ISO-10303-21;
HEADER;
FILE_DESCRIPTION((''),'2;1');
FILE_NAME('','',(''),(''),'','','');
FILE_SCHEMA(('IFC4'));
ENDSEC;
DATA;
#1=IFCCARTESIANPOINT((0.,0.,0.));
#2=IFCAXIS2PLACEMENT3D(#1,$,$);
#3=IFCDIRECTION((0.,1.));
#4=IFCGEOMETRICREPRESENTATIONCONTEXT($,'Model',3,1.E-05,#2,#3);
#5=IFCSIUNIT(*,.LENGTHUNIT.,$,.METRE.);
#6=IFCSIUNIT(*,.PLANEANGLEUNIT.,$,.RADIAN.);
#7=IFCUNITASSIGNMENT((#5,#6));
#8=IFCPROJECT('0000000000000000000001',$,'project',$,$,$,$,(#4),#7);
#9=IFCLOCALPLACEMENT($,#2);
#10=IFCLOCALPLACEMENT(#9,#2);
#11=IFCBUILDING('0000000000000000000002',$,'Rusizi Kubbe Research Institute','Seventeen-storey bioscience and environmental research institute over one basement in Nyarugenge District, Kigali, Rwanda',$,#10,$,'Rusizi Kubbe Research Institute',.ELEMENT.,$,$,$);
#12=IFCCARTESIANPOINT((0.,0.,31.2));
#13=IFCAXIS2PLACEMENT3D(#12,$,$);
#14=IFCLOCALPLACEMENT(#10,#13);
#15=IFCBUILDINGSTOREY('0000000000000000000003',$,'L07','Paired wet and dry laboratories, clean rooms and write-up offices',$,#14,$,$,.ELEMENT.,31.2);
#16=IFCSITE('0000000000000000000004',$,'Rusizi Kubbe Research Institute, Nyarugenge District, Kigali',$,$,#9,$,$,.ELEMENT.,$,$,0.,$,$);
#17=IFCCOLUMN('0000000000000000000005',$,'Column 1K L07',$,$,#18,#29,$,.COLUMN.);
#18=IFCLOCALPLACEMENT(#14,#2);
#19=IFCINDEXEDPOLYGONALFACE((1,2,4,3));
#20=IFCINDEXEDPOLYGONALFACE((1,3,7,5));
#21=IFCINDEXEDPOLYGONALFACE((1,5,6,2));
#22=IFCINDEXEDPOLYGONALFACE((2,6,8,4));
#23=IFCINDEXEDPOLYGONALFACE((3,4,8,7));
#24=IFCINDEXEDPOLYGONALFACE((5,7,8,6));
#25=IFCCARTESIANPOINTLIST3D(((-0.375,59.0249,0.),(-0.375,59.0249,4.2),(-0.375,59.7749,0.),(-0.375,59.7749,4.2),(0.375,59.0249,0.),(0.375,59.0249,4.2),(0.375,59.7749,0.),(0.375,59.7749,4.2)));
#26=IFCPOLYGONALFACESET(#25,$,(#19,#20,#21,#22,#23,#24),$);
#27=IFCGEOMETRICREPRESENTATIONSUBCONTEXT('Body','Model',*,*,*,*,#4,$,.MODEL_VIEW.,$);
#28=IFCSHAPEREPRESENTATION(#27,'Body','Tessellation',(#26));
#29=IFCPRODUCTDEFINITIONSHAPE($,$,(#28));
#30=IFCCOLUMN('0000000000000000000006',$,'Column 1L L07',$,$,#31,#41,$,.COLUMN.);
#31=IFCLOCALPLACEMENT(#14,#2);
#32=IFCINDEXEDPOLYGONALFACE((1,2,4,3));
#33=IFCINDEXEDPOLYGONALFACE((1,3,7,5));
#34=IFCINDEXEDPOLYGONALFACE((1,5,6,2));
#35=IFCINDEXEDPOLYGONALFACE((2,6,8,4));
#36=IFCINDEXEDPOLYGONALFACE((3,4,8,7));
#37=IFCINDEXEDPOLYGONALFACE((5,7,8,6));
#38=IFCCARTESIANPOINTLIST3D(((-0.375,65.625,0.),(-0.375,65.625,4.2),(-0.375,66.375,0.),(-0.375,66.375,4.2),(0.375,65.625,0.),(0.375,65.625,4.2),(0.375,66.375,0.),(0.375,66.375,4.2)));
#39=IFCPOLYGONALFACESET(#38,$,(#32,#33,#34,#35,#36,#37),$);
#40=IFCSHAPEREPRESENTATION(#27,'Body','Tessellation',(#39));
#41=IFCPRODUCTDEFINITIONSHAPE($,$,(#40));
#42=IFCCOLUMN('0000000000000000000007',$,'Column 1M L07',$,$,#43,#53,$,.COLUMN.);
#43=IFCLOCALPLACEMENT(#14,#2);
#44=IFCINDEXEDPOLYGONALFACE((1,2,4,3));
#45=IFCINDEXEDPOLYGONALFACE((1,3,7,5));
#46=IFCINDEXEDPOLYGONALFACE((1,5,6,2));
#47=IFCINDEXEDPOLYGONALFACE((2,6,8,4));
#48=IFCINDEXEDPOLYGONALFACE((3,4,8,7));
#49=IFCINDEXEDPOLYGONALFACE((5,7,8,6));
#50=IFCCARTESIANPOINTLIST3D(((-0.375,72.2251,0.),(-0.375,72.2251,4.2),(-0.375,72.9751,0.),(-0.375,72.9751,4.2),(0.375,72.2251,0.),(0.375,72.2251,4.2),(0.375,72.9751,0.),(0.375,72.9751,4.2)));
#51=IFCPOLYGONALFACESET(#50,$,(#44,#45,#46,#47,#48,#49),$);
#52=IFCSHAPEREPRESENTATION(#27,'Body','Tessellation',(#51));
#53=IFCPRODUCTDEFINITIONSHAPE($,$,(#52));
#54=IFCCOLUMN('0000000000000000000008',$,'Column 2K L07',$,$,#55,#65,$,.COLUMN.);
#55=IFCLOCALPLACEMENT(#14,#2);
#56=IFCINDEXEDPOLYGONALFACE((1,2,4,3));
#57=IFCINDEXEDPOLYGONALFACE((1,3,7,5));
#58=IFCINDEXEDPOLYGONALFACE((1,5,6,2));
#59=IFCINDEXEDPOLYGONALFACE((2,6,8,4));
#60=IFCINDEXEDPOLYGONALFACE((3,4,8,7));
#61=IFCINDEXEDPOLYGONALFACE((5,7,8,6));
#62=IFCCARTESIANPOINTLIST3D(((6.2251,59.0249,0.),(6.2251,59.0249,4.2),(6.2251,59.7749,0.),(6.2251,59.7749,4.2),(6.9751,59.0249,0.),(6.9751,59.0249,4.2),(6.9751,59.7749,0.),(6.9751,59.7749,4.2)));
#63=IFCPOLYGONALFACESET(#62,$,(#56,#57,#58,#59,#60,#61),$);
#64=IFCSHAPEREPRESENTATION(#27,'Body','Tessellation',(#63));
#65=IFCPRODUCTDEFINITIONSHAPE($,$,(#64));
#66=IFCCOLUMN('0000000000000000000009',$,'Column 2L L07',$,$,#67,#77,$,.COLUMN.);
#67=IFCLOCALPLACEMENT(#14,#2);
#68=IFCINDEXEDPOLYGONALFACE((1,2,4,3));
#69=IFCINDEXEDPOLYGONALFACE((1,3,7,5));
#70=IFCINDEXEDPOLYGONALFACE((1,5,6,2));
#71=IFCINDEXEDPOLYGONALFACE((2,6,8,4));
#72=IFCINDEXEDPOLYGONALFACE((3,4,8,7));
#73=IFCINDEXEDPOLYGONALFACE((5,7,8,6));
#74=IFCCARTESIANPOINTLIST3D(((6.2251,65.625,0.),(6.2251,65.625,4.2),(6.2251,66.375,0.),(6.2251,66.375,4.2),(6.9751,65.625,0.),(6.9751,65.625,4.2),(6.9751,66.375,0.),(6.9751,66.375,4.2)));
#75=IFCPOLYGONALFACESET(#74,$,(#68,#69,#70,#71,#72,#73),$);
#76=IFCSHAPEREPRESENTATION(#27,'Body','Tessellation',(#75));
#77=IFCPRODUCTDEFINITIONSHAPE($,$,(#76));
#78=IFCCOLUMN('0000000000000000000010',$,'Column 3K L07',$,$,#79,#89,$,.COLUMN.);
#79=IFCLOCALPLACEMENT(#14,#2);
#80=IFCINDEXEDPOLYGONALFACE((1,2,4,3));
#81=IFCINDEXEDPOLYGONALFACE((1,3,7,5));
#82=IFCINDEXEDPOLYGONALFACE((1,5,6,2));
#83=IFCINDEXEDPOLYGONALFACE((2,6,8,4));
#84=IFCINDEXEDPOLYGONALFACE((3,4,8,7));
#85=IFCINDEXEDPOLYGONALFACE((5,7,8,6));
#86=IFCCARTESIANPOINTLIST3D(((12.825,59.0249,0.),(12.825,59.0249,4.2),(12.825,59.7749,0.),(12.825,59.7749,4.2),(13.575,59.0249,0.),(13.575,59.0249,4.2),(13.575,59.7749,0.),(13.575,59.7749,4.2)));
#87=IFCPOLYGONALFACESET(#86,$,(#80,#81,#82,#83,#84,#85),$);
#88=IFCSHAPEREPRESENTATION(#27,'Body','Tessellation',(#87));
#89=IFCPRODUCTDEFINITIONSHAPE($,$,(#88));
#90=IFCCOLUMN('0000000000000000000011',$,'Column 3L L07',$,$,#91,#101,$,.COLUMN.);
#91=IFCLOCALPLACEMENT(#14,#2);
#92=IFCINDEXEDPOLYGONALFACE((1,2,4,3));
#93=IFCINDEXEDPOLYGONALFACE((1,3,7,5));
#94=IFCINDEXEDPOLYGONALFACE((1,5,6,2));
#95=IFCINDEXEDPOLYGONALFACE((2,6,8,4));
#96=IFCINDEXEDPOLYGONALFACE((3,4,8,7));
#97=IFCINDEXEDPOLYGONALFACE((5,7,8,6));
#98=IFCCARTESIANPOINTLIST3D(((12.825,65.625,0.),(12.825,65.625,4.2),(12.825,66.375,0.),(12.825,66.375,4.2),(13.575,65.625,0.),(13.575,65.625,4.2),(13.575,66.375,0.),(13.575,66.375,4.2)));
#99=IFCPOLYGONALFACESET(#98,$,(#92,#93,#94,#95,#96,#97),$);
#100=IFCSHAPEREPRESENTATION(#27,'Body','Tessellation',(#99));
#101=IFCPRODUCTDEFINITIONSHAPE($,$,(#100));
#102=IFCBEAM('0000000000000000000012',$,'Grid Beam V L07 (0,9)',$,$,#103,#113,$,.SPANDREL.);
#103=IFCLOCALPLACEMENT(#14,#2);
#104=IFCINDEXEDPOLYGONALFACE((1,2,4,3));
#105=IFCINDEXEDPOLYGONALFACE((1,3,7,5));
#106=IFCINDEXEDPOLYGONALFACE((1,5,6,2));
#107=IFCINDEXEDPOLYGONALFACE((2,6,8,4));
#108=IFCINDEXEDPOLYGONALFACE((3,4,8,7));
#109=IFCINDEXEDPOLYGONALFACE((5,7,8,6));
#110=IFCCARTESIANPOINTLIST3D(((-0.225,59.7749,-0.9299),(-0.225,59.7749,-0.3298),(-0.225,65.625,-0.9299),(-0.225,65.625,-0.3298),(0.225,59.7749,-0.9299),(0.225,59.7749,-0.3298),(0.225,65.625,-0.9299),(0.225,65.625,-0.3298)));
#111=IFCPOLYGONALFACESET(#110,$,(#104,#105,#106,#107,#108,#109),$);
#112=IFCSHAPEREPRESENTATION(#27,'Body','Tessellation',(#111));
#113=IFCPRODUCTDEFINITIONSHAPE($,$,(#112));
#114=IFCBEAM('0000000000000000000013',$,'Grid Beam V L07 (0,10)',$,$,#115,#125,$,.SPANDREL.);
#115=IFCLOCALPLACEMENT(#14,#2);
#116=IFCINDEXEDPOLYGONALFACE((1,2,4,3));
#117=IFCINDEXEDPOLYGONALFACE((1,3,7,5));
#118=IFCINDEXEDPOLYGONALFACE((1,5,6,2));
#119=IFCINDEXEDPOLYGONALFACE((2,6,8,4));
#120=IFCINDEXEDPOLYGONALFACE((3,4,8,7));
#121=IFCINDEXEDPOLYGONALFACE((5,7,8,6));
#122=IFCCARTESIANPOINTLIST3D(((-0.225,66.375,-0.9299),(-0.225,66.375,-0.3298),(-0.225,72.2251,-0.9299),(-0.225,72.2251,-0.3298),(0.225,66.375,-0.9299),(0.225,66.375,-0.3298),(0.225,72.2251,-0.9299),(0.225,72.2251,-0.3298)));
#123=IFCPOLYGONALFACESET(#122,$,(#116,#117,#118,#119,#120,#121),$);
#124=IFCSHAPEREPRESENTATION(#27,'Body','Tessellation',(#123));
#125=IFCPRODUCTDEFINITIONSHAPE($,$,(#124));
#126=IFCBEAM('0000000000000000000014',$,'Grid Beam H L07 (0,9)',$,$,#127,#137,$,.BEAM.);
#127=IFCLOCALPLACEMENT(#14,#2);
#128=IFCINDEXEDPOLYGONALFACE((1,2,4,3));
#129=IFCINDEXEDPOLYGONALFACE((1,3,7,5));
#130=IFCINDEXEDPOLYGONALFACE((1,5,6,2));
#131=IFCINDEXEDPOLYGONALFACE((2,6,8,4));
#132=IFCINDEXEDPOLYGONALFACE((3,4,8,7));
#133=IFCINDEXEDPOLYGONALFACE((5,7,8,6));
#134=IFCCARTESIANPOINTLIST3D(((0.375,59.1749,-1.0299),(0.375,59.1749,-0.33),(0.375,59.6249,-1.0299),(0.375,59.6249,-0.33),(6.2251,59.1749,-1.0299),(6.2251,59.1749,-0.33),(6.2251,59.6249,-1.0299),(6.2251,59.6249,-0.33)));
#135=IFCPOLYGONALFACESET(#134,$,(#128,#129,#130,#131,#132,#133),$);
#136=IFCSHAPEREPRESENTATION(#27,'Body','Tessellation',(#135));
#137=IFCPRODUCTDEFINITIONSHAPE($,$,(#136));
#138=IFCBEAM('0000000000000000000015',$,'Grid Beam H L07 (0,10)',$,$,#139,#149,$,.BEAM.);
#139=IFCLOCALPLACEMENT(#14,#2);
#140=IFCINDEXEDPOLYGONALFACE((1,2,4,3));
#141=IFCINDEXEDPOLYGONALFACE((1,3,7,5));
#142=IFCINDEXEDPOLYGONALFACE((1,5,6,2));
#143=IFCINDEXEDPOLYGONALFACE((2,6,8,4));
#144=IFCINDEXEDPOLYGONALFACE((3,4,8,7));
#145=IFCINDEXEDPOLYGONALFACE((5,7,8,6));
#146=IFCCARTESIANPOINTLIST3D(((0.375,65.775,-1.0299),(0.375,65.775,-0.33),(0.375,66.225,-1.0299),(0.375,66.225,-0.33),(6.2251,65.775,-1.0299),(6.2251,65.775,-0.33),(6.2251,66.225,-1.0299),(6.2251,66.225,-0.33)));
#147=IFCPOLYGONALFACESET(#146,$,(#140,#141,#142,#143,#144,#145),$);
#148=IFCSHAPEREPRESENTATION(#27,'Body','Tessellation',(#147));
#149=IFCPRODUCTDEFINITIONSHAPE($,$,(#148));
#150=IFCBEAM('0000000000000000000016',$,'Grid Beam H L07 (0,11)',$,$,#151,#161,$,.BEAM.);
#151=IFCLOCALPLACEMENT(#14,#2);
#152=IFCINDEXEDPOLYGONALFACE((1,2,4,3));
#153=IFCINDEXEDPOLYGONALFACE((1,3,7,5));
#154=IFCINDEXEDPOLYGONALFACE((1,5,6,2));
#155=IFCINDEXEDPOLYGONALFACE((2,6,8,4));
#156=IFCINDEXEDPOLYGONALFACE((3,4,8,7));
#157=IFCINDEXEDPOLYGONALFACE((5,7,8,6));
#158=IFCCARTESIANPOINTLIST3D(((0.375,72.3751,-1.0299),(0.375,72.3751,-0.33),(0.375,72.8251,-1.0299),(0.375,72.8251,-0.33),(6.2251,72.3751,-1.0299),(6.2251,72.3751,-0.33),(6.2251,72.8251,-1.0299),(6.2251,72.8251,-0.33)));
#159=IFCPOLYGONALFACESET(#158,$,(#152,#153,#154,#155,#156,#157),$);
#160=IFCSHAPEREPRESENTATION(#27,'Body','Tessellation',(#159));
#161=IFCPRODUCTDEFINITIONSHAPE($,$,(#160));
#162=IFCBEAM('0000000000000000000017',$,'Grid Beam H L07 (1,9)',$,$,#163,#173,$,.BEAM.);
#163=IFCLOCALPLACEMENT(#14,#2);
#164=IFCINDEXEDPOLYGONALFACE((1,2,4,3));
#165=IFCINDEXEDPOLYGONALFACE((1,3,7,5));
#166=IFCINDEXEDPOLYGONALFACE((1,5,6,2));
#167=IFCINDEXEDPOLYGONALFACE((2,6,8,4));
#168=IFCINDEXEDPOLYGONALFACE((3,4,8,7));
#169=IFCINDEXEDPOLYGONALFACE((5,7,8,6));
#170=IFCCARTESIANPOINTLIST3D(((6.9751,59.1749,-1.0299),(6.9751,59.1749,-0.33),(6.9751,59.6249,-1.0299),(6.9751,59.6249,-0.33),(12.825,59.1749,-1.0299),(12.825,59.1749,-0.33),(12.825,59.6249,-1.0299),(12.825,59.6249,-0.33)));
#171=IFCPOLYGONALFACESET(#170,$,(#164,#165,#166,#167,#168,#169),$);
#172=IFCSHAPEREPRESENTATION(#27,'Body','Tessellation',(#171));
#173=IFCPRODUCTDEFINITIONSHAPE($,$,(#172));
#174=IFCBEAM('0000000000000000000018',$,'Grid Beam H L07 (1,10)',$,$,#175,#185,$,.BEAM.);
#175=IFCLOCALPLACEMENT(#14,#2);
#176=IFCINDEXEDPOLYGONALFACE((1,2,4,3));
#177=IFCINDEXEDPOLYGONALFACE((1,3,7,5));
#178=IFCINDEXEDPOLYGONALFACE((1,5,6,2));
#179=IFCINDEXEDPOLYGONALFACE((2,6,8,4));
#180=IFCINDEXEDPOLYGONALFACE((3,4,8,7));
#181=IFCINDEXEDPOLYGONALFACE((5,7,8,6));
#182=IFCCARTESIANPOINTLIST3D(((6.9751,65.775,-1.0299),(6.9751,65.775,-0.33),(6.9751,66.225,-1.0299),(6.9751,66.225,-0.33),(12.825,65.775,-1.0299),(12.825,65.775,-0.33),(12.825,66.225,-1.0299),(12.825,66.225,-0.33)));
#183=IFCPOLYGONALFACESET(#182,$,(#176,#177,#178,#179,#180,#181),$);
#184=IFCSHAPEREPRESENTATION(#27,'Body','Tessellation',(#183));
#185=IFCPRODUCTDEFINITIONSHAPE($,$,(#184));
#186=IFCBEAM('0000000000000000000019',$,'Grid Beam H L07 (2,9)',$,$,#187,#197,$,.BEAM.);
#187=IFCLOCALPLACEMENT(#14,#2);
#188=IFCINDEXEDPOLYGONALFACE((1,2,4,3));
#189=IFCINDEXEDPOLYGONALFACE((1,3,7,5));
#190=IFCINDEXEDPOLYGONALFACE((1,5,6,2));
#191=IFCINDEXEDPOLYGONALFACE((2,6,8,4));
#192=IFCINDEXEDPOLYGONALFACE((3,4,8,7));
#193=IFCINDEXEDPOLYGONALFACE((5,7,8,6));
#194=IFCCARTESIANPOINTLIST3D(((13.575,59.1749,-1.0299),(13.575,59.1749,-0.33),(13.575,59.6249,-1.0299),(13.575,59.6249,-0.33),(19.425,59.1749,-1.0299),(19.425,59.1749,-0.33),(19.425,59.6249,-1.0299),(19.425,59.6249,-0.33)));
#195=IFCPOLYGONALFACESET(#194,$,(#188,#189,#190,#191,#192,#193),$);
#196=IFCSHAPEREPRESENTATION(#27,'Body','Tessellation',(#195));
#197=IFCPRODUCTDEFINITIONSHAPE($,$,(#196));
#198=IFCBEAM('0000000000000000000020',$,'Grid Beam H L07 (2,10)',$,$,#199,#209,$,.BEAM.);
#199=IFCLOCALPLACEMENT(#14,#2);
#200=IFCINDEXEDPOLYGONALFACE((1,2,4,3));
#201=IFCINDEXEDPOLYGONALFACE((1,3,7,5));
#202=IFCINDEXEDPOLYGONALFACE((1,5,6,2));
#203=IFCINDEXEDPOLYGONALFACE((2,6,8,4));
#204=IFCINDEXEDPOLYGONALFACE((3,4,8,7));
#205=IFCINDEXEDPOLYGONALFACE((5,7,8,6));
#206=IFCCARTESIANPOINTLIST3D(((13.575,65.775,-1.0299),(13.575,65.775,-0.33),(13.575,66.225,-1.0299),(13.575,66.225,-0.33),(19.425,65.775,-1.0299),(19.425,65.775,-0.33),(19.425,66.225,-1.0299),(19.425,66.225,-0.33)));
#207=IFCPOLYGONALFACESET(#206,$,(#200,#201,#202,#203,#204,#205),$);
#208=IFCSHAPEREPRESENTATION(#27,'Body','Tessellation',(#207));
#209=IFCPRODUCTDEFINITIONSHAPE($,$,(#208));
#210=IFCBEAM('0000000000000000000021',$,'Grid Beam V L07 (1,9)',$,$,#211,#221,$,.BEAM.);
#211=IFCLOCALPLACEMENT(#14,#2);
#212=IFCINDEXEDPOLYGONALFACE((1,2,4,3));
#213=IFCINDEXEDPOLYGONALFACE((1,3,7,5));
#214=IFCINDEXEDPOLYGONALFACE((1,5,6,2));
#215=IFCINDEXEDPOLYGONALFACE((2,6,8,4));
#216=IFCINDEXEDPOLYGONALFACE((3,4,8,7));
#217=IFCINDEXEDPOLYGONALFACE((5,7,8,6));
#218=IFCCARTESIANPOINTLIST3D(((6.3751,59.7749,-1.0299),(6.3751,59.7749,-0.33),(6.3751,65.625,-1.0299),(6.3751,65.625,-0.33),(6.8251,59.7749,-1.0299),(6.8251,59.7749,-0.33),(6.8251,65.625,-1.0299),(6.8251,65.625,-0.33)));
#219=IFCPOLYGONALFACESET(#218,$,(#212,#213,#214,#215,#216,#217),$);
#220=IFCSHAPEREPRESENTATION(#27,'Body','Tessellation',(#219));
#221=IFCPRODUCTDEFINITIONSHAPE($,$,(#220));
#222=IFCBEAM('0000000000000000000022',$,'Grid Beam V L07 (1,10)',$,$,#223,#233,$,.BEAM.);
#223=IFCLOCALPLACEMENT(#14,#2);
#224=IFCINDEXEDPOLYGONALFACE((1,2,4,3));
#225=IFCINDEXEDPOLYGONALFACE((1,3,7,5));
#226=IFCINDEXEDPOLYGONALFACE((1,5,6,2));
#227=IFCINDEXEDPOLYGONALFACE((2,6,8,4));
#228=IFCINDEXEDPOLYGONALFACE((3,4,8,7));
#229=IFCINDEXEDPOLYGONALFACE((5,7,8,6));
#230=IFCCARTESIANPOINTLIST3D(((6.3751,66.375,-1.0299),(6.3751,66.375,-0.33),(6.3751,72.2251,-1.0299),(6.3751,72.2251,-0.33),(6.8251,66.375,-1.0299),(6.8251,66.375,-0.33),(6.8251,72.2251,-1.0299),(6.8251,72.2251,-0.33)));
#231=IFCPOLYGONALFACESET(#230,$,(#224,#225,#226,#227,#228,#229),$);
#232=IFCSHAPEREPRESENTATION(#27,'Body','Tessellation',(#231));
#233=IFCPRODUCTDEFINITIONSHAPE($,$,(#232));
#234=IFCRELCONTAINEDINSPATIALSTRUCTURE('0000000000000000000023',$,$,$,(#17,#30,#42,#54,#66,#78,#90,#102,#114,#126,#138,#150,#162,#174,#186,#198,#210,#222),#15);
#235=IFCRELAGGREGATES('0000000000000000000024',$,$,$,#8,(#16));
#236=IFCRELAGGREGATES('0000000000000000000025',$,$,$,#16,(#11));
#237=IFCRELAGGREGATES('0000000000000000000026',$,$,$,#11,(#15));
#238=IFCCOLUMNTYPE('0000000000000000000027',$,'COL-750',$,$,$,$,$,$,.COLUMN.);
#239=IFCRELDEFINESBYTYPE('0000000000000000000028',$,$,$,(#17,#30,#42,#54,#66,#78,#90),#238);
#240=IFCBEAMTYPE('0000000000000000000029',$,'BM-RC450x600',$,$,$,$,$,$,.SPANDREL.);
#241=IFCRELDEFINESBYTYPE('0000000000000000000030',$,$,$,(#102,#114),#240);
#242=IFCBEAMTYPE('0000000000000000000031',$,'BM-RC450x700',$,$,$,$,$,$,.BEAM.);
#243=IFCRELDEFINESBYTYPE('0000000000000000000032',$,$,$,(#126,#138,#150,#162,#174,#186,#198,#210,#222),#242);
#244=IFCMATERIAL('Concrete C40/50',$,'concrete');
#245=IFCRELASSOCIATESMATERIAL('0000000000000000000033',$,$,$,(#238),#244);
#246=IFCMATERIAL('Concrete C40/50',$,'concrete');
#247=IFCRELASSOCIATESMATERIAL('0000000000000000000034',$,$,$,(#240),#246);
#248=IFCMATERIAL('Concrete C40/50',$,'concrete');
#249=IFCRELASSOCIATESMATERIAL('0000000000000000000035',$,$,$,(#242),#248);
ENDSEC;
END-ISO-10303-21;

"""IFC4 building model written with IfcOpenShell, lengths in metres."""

from ifc_helpers import new_model, si_unit, direction, frame, origin, origin_2d, place, context, subcontext, project, spatial, rectangle, extrude, material, material_profile, profile_set, type_object, element, save


model = new_model("IFC4")

# Units and contexts
model_context = context("Model", 3, precision=1e-05, world=origin(), true_north=direction((0.0, 1.0)))
body_context = subcontext(model_context, "Body", "Model", "MODEL_VIEW")
ifc_project = project(units=[si_unit("LENGTHUNIT", "METRE"), si_unit("PLANEANGLEUNIT", "RADIAN")], contexts=[model_context])

# Site, building, storey
site_placement = place(None, origin())
site = spatial("IfcSite", under=ifc_project, at=site_placement, Name="Rusizi Kubbe Research Institute, Nyarugenge District, Kigali", CompositionType="ELEMENT", RefElevation=0.0)
building_placement = place(site_placement, origin())
building = spatial("IfcBuilding", under=site, at=building_placement, Name="Rusizi Kubbe Research Institute", Description="Seventeen-storey bioscience and environmental research institute over one basement in Nyarugenge District, Kigali, Rwanda", LongName="Rusizi Kubbe Research Institute", CompositionType="ELEMENT")
storey_placement = place(building_placement, frame((0.0, 0.0, 31.2)))
storey = spatial("IfcBuildingStorey", under=building, at=storey_placement, Name="L07", Description="Paired wet and dry laboratories, clean rooms and write-up offices", CompositionType="ELEMENT", Elevation=31.2)

# Columns
ifc_material_1 = material(Name="Concrete C40/50", Category="concrete")
ifc_material_profile_1 = material_profile(ifc_material_1, rectangle(XDim=0.75, YDim=0.75, at=origin_2d()), Name="RC750x750")
ifc_profile_set_1 = profile_set([ifc_material_profile_1], Name="Concrete C40/50")
column_type = type_object("IfcColumnType", Name="COL-750", PredefinedType="COLUMN", material=ifc_profile_set_1)
for number, where, z_axis, x_axis, name in (
    (1, (0.0, 59.3999, 0.0), (0.0, 0.0, 1.0), (1.0, 0.0, 0.0), "Column 1K L07"),
    (2, (0.0, 66.0, 0.0), (0.0, 0.0, 1.0), (1.0, 0.0, 0.0), "Column 1L L07"),
    (3, (0.0, 72.6001, 0.0), (0.0, 0.0, 1.0), (1.0, 0.0, 0.0), "Column 1M L07"),
    (4, (6.6001, 59.3999, 0.0), (0.0, 0.0, 1.0), (1.0, 0.0, 0.0), "Column 2K L07"),
    (5, (6.6001, 66.0, 0.0), (0.0, 0.0, 1.0), (1.0, 0.0, 0.0), "Column 2L L07"),
    (6, (13.2, 59.3999, 0.0), (0.0, 0.0, 1.0), (1.0, 0.0, 0.0), "Column 3K L07"),
    (7, (13.2, 66.0, 0.0), (0.0, 0.0, 1.0), (1.0, 0.0, 0.0), "Column 3L L07"),
):
    element("IfcColumn", number, at=place(storey_placement, frame(where, z_axis=z_axis, x_axis=x_axis)), inside=storey, type_object=column_type, Name=name, PredefinedType="COLUMN", context=body_context, shape_type="SweptSolid", body=[
        extrude(rectangle(XDim=0.75, YDim=0.75, at=origin_2d()), origin(), (0.0, 0.0, 1.0), 4.2),
    ])

# Beams
ifc_material_2 = material(Name="Concrete C40/50", Category="concrete")
ifc_material_profile_2 = material_profile(ifc_material_2, rectangle(XDim=0.45, YDim=0.6001, at=origin_2d()), Name="RC450x600")
ifc_profile_set_2 = profile_set([ifc_material_profile_2], Name="Concrete C40/50")
beam_type_1 = type_object("IfcBeamType", Name="BM-RC450x600", PredefinedType="SPANDREL", material=ifc_profile_set_2)
for number, where, z_axis, x_axis, name in (
    (8, (0.0, 59.7749, -0.6299), (0.0, 1.0, 0.0), (-1.0, 0.0, 0.0), "Grid Beam V L07 (0,9)"),
    (9, (0.0, 66.375, -0.6299), (0.0, 1.0, 0.0), (-1.0, 0.0, 0.0), "Grid Beam V L07 (0,10)"),
):
    element("IfcBeam", number, at=place(storey_placement, frame(where, z_axis=z_axis, x_axis=x_axis)), inside=storey, type_object=beam_type_1, Name=name, PredefinedType="SPANDREL", context=body_context, shape_type="SweptSolid", body=[
        extrude(rectangle(XDim=0.45, YDim=0.6001, at=origin_2d()), origin(), (0.0, 0.0, 1.0), 5.8501),
    ])
ifc_material_3 = material(Name="Concrete C40/50", Category="concrete")
ifc_material_profile_3 = material_profile(ifc_material_3, rectangle(XDim=0.45, YDim=0.7, at=origin_2d()), Name="RC450x700B")
ifc_profile_set_3 = profile_set([ifc_material_profile_3], Name="Concrete C40/50")
beam_type_2 = type_object("IfcBeamType", Name="BM-RC450x700", PredefinedType="BEAM", material=ifc_profile_set_3)
for number, where, z_axis, x_axis, name in (
    (10, (0.375, 59.3999, -0.6799), (1.0, 0.0, 0.0), (0.0, 1.0, 0.0), "Grid Beam H L07 (0,9)"),
    (11, (0.375, 66.0, -0.6799), (1.0, 0.0, 0.0), (0.0, 1.0, 0.0), "Grid Beam H L07 (0,10)"),
    (12, (0.375, 72.6001, -0.6799), (1.0, 0.0, 0.0), (0.0, 1.0, 0.0), "Grid Beam H L07 (0,11)"),
):
    element("IfcBeam", number, at=place(storey_placement, frame(where, z_axis=z_axis, x_axis=x_axis)), inside=storey, type_object=beam_type_2, Name=name, PredefinedType="BEAM", context=body_context, shape_type="SweptSolid", body=[
        extrude(rectangle(XDim=0.45, YDim=0.7, at=origin_2d()), origin(), (0.0, 0.0, 1.0), 5.8501),
    ])
for number, where, z_axis, x_axis, name in (
    (13, (6.9751, 59.3999, -0.6799), (1.0, 0.0, 0.0), (0.0, 1.0, 0.0), "Grid Beam H L07 (1,9)"),
    (14, (6.9751, 66.0, -0.6799), (1.0, 0.0, 0.0), (0.0, 1.0, 0.0), "Grid Beam H L07 (1,10)"),
):
    element("IfcBeam", number, at=place(storey_placement, frame(where, z_axis=z_axis, x_axis=x_axis)), inside=storey, type_object=beam_type_2, Name=name, PredefinedType="BEAM", context=body_context, shape_type="SweptSolid", body=[
        extrude(rectangle(XDim=0.45, YDim=0.7, at=origin_2d()), origin(), (0.0, 0.0, 1.0), 5.8499),
    ])
for number, where, z_axis, x_axis, name in (
    (15, (13.575, 59.3999, -0.6799), (1.0, 0.0, 0.0), (0.0, 1.0, 0.0), "Grid Beam H L07 (2,9)"),
    (16, (13.575, 66.0, -0.6799), (1.0, 0.0, 0.0), (0.0, 1.0, 0.0), "Grid Beam H L07 (2,10)"),
    (17, (6.6001, 59.7749, -0.6799), (0.0, 1.0, 0.0), (-1.0, 0.0, 0.0), "Grid Beam V L07 (1,9)"),
    (18, (6.6001, 66.375, -0.6799), (0.0, 1.0, 0.0), (-1.0, 0.0, 0.0), "Grid Beam V L07 (1,10)"),
):
    element("IfcBeam", number, at=place(storey_placement, frame(where, z_axis=z_axis, x_axis=x_axis)), inside=storey, type_object=beam_type_2, Name=name, PredefinedType="BEAM", context=body_context, shape_type="SweptSolid", body=[
        extrude(rectangle(XDim=0.45, YDim=0.7, at=origin_2d()), origin(), (0.0, 0.0, 1.0), 5.8501),
    ])

save(model, "model.ifc")
